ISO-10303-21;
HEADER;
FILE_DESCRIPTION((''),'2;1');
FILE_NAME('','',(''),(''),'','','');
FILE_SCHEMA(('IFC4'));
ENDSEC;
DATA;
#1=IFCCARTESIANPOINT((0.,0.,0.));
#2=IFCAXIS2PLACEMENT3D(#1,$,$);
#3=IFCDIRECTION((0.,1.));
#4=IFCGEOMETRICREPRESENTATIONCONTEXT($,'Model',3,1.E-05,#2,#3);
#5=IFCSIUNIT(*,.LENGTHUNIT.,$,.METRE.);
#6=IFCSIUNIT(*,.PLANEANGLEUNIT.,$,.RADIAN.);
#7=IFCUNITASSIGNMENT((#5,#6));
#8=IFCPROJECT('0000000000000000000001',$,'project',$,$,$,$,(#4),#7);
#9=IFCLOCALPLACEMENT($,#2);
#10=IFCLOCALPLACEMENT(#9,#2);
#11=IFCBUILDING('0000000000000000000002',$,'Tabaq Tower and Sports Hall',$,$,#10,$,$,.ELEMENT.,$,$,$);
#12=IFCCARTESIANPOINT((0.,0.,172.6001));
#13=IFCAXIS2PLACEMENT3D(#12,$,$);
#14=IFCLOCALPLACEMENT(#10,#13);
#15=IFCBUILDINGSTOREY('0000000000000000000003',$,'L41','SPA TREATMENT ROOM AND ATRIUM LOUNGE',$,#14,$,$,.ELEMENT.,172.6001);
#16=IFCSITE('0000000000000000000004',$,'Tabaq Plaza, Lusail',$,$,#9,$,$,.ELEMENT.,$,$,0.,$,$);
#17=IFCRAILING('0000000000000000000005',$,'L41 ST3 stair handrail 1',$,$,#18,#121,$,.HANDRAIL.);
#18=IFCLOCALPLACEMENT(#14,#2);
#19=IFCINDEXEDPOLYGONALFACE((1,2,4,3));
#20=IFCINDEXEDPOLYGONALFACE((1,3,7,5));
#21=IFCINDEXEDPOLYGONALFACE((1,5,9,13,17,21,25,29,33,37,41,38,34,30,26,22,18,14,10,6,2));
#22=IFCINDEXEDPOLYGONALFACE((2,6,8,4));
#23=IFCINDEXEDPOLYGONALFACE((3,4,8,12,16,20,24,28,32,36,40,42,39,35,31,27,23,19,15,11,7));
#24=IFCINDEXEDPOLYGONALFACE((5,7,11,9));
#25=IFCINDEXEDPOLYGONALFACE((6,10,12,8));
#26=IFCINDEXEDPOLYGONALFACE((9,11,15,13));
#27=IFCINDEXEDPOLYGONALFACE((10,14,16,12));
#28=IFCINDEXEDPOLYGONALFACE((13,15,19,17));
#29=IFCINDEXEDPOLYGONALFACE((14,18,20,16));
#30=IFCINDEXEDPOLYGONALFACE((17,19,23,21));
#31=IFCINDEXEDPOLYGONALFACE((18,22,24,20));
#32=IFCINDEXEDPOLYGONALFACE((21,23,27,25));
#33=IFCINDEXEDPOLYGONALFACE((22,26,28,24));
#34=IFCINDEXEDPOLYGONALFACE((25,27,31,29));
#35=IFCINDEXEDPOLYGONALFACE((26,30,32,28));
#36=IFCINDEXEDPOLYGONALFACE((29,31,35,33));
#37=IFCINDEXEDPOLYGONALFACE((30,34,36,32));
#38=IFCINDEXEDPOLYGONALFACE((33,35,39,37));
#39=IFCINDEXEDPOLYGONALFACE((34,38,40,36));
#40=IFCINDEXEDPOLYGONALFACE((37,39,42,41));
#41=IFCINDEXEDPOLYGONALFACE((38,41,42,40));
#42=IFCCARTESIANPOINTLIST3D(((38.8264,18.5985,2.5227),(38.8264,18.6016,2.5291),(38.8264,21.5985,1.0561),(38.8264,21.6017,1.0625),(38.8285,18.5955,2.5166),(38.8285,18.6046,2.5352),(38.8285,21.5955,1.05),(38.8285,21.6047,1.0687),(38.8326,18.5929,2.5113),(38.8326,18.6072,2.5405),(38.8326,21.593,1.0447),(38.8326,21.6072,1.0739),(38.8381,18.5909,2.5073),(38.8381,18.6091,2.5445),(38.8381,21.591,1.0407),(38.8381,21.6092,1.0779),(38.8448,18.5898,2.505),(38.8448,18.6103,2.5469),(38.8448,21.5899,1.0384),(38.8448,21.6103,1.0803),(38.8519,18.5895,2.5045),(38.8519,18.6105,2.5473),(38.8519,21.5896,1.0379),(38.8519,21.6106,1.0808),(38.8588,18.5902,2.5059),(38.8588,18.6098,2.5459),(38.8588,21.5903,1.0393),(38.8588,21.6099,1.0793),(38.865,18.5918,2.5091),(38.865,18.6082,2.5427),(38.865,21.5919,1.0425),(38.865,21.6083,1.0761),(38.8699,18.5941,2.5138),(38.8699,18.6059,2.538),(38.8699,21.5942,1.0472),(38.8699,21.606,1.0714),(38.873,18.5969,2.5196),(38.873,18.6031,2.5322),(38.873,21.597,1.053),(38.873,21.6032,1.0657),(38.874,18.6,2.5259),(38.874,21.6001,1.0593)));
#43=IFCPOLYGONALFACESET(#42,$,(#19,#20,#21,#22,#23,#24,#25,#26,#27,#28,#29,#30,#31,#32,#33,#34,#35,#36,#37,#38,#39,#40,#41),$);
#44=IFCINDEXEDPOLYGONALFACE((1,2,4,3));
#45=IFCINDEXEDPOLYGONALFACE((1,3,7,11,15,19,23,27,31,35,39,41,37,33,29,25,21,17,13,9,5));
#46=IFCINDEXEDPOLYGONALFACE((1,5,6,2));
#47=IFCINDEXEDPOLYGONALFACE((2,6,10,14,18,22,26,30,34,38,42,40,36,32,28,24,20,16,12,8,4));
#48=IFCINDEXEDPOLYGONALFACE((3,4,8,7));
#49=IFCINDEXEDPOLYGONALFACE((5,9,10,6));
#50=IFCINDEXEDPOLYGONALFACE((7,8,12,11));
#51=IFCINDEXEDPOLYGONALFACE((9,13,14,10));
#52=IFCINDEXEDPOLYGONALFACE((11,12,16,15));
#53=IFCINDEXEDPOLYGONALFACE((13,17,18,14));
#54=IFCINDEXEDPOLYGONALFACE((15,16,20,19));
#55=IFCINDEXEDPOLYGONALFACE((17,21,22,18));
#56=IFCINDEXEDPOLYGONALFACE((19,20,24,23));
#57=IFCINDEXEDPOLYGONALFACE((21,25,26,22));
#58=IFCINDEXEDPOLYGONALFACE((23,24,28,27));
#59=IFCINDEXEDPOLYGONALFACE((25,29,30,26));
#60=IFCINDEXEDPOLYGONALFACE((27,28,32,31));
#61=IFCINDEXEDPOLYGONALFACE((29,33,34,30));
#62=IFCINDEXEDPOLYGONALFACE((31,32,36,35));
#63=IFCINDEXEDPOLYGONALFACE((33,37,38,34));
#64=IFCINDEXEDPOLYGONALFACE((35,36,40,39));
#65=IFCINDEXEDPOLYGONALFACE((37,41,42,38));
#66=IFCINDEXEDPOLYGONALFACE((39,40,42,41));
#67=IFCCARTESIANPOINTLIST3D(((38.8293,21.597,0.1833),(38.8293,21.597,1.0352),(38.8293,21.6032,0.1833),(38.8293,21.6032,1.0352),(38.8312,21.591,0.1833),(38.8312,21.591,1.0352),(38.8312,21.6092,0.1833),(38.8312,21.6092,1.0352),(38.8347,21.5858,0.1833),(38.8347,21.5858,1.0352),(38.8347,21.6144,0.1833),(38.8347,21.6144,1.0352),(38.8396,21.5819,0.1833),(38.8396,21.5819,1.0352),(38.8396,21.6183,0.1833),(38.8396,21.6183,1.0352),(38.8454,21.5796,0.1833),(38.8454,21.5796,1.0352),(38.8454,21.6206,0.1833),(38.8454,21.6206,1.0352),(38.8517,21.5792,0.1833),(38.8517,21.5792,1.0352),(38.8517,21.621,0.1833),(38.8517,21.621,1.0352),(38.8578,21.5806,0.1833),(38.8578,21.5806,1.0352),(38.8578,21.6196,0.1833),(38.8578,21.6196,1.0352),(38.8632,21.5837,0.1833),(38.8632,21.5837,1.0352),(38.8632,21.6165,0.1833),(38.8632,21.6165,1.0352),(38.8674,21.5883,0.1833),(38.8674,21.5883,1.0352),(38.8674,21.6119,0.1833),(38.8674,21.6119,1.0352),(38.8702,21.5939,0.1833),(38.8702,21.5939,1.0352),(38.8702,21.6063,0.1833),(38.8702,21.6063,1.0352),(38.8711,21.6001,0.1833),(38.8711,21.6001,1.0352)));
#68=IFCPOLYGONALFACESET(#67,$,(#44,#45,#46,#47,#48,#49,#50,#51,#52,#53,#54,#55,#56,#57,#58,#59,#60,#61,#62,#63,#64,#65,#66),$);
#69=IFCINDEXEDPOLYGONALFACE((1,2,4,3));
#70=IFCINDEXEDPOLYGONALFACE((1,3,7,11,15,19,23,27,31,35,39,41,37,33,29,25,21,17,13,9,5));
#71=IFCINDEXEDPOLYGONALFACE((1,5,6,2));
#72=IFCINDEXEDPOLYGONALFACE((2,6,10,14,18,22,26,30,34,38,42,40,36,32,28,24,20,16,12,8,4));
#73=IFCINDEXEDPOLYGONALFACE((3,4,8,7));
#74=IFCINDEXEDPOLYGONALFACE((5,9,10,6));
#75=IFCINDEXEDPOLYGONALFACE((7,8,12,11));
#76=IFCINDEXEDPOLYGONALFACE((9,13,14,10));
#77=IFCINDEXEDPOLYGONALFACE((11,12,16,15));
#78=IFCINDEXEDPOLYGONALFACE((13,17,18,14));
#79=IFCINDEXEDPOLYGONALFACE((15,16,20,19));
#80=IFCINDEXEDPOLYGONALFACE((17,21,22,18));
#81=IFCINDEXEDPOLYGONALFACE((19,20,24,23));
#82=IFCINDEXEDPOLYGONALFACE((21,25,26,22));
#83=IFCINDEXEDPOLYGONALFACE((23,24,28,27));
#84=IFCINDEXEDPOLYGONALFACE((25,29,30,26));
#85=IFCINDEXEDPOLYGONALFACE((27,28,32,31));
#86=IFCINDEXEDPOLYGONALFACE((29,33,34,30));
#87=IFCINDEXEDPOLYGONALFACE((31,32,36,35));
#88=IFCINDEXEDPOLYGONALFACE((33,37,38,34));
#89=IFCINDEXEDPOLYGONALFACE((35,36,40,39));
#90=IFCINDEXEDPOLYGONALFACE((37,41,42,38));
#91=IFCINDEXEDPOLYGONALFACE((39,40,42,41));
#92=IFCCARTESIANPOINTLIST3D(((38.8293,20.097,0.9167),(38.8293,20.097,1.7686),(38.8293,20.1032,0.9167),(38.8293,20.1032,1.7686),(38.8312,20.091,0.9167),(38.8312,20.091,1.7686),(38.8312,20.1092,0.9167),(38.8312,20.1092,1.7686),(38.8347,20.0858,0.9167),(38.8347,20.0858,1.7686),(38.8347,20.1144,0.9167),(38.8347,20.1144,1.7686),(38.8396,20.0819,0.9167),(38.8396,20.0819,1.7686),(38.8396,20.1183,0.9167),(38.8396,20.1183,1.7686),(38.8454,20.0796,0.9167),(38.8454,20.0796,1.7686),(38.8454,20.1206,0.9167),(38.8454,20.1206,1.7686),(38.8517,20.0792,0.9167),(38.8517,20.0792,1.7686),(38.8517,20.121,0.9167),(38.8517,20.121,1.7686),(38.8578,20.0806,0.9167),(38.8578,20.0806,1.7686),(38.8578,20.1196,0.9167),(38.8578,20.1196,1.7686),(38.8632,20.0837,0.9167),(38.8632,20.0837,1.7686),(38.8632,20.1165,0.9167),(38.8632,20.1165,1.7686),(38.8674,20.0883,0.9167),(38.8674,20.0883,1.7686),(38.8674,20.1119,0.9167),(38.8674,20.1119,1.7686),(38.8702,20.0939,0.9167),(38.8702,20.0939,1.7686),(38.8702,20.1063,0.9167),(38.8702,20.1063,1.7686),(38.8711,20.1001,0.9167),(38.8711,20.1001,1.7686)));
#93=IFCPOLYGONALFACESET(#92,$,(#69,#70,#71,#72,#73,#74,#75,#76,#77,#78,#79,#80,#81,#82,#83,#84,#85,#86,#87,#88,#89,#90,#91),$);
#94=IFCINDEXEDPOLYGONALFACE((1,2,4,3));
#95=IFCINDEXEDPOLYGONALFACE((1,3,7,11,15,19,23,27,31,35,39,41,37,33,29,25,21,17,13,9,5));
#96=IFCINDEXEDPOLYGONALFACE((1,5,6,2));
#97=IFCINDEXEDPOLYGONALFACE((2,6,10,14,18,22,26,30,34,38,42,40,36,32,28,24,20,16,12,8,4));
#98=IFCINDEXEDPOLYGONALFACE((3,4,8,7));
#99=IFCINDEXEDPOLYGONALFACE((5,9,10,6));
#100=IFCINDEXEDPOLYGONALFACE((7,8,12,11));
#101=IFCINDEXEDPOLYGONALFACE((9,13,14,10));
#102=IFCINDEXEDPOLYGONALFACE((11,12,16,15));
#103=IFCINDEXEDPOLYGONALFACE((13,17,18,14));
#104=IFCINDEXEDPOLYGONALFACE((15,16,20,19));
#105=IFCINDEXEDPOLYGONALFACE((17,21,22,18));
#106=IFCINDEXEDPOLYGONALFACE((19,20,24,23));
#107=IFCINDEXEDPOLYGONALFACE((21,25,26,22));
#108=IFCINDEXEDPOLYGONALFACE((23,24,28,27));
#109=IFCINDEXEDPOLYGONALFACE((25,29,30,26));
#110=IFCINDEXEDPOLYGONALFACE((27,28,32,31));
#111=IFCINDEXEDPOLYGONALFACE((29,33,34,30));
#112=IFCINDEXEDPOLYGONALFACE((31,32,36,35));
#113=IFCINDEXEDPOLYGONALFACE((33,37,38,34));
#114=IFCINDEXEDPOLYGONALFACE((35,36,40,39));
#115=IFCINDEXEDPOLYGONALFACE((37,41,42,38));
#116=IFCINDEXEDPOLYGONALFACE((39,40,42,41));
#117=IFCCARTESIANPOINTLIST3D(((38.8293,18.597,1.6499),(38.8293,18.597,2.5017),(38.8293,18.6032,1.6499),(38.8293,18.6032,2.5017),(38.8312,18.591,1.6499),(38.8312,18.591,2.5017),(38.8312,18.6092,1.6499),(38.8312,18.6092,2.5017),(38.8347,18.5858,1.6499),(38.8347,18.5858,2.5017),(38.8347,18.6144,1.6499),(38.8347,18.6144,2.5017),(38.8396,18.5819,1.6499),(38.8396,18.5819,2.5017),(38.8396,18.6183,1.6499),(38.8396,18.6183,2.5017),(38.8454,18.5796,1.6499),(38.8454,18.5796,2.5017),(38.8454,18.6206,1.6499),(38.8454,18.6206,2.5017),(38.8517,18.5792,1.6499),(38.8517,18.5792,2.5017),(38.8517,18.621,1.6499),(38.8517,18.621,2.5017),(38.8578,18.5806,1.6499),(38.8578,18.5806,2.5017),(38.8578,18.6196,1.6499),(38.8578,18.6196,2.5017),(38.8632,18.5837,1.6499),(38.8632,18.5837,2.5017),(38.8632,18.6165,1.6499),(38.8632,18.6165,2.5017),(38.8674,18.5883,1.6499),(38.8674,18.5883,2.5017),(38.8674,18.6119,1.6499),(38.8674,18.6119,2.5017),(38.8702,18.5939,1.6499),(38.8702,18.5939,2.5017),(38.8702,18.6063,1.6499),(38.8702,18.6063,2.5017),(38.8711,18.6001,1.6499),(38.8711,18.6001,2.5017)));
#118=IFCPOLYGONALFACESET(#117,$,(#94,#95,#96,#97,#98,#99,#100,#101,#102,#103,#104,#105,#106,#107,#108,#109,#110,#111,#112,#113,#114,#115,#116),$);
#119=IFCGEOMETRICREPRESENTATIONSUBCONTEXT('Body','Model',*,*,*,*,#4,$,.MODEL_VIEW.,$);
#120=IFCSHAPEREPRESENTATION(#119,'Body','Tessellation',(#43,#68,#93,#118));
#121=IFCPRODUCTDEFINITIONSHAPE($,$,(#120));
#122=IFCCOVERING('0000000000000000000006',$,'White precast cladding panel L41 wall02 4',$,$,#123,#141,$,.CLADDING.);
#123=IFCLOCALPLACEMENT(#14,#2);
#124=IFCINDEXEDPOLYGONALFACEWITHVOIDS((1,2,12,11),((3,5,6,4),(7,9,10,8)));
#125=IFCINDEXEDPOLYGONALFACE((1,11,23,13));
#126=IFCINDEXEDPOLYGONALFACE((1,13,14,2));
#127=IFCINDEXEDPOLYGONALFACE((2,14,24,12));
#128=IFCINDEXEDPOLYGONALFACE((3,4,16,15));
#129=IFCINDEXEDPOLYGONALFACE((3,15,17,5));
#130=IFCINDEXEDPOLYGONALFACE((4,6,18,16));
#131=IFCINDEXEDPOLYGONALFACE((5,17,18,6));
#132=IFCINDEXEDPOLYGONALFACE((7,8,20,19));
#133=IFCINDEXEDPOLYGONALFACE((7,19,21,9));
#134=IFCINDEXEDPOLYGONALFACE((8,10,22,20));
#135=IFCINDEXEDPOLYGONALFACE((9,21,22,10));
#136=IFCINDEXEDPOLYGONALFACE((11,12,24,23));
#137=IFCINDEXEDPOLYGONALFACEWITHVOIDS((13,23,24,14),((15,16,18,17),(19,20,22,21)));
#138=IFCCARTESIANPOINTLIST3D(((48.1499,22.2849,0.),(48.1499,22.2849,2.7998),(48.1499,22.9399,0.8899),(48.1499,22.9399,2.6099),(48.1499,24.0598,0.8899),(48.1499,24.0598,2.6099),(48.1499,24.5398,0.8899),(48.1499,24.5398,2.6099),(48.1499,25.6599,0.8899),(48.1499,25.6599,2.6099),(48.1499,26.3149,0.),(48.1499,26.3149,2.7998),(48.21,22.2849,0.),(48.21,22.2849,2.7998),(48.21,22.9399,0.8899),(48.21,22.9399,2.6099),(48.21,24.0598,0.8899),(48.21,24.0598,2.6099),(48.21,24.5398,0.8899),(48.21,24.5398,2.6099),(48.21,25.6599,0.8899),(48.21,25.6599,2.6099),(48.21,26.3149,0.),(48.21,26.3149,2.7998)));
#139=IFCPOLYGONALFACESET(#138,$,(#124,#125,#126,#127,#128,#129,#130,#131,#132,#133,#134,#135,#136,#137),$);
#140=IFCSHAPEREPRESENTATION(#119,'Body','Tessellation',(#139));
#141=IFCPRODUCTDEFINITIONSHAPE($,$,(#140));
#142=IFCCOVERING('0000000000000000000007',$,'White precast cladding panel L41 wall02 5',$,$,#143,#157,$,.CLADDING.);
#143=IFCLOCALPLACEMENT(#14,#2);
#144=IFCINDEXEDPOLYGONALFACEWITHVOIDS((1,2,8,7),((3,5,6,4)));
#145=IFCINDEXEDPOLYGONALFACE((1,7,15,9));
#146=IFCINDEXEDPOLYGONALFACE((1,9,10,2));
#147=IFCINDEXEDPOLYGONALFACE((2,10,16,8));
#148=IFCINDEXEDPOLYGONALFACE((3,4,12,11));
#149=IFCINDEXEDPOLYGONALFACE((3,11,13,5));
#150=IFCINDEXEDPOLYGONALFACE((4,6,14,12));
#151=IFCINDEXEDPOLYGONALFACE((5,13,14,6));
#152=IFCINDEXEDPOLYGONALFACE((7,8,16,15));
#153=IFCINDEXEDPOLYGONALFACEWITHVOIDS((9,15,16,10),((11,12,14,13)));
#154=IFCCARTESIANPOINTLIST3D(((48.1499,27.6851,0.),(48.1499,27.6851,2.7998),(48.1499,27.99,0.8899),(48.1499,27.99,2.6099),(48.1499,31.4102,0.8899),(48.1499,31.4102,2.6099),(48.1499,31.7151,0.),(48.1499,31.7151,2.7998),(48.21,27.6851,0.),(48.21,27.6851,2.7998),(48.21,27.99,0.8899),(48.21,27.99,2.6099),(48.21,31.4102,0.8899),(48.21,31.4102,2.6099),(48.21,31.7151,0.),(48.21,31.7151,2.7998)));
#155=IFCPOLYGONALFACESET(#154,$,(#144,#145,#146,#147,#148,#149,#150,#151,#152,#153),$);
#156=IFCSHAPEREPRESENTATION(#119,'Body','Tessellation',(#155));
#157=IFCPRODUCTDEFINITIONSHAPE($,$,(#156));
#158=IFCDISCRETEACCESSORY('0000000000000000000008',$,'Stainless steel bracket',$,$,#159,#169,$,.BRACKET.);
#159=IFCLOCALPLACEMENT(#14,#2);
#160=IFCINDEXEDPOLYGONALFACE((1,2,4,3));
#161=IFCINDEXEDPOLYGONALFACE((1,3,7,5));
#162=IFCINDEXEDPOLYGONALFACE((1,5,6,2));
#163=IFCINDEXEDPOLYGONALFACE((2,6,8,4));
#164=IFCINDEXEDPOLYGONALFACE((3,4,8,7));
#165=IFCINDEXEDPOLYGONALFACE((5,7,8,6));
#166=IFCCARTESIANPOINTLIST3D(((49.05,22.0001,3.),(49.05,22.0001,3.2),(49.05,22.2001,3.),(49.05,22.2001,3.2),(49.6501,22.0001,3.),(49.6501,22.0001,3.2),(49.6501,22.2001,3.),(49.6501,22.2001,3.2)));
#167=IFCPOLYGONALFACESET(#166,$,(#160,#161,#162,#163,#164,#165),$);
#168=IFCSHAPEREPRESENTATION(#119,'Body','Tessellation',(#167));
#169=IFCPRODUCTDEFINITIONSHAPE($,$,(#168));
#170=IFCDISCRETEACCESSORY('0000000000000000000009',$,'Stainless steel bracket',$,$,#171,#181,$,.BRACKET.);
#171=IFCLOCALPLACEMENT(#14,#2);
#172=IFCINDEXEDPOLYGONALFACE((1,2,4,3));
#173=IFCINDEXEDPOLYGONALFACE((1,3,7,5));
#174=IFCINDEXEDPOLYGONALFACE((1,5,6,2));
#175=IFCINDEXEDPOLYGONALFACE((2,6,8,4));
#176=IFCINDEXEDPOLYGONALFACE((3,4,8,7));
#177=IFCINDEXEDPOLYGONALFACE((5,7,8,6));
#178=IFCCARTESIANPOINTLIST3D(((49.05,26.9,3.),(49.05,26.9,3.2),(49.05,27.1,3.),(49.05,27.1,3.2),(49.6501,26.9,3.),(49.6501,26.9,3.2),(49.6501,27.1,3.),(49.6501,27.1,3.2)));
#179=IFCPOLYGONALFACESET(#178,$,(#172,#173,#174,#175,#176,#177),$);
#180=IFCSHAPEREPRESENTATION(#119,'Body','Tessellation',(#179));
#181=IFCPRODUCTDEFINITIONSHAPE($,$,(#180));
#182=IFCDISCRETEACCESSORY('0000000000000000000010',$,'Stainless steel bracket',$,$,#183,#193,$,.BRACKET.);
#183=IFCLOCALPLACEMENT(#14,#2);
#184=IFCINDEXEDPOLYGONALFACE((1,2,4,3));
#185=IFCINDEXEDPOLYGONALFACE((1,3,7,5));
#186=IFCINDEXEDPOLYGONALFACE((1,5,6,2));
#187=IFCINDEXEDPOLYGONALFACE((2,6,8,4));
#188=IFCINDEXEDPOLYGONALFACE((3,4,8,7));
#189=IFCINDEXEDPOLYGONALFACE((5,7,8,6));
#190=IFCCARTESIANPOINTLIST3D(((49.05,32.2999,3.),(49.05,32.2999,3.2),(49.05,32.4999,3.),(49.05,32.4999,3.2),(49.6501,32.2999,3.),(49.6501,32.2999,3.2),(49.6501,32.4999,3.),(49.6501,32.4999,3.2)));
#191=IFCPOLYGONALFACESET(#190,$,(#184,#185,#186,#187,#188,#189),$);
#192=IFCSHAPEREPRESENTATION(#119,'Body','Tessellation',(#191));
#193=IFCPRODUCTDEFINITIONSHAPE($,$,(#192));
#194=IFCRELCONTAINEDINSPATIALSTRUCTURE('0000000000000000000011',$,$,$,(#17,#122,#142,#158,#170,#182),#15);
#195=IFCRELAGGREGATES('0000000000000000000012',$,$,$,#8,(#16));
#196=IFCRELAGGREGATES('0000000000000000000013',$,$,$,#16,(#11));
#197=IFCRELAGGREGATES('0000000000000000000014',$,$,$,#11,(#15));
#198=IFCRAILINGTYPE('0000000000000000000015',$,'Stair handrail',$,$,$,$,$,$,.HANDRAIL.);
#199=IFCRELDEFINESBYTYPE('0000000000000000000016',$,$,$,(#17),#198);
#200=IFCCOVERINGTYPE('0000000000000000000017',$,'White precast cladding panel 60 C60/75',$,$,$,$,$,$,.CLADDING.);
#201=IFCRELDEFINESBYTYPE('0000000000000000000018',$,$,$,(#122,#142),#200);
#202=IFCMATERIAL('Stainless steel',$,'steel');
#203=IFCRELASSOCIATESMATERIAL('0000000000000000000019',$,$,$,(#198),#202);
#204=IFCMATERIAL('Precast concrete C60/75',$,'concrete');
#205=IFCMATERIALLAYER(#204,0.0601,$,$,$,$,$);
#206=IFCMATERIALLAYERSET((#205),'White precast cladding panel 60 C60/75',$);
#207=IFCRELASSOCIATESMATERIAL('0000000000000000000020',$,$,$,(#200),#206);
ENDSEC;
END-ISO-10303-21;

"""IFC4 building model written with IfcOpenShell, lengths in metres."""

from ifc_helpers import new_model, si_unit, direction, frame, origin, origin_2d, place, context, subcontext, project, spatial, polyline, rectangle, circle, outline, extrude, material, layer, layer_set, type_object, element, save


model = new_model("IFC4")

# Units and contexts
model_context = context("Model", 3, precision=1e-05, world=origin(), true_north=direction((0.0, 1.0)))
body_context = subcontext(model_context, "Body", "Model", "MODEL_VIEW")
ifc_project = project(units=[si_unit("LENGTHUNIT", "METRE"), si_unit("PLANEANGLEUNIT", "RADIAN")], contexts=[model_context])

# Site, building, storey
site_placement = place(None, origin())
site = spatial("IfcSite", under=ifc_project, at=site_placement, Name="Tabaq Plaza, Lusail", CompositionType="ELEMENT", RefElevation=0.0)
building_placement = place(site_placement, origin())
building = spatial("IfcBuilding", under=site, at=building_placement, Name="Tabaq Tower and Sports Hall", CompositionType="ELEMENT")
storey_placement = place(building_placement, frame((0.0, 0.0, 172.6001)))
storey = spatial("IfcBuildingStorey", under=building, at=storey_placement, Name="L41", Description="SPA TREATMENT ROOM AND ATRIUM LOUNGE", CompositionType="ELEMENT", Elevation=172.6001)

# Railing
ifc_material_1 = material(Name="Stainless steel", Category="steel")
railing_type_1 = type_object("IfcRailingType", Name="Stair handrail", PredefinedType="HANDRAIL", material=ifc_material_1)
railing_1_placement = place(storey_placement, frame((38.8501, 21.6001, 0.1833)))
element("IfcRailing", 1, at=railing_1_placement, inside=storey, type_object=railing_type_1, Name="L41 ST3 stair handrail 1", PredefinedType="HANDRAIL", context=body_context, shape_type="SweptSolid", body=[
    extrude(circle(Radius=0.0239, at=origin_2d()), frame((0.0, 0.0, 0.876), z_axis=(0.0, -0.898398, 0.439183), x_axis=(1.0, 0.0, 0.0)), (0.0, 0.0, 1.0), 3.3394),
    extrude(circle(Radius=0.021, at=origin_2d()), origin(), (0.0, 0.0, 1.0), 0.8518),
    extrude(circle(Radius=0.021, at=origin_2d()), frame((0.0, -1.5, 0.7334)), (0.0, 0.0, 1.0), 0.8518),
    extrude(circle(Radius=0.021, at=origin_2d()), frame((0.0, -3.0, 1.4666)), (0.0, 0.0, 1.0), 0.8518),
])

# Coverings
ifc_material_2 = material(Name="Precast concrete C60/75", Category="concrete")
ifc_layer_1 = layer(ifc_material_2, 0.0601)
ifc_layer_set_1 = layer_set([ifc_layer_1], Name="White precast cladding panel 60 C60/75")
covering_type_1 = type_object("IfcCoveringType", Name="White precast cladding panel 60 C60/75", PredefinedType="CLADDING", material=ifc_layer_set_1)
covering_1_placement = place(storey_placement, frame((48.1799, 22.2849, 0.0), z_axis=(0.0, 0.0, 1.0), x_axis=(0.0, 1.0, 0.0)))
element("IfcCovering", 2, at=covering_1_placement, inside=storey, type_object=covering_type_1, Name="White precast cladding panel L41 wall02 4", PredefinedType="CLADDING", context=body_context, shape_type="SweptSolid", body=[
    extrude(outline(polyline([(0.0, 0.0), (4.03, 0.0), (4.03, 2.7998), (0.0, 2.7998), (0.0, 0.0)]), holes=[polyline([(0.655, 2.6099), (1.7749, 2.6099), (1.7749, 0.8899), (0.655, 0.8899), (0.655, 2.6099)]), polyline([(2.2549, 2.6099), (3.375, 2.6099), (3.375, 0.8899), (2.2549, 0.8899), (2.2549, 2.6099)])]), frame((0.0, 0.03, 0.0), z_axis=(0.0, -1.0, 0.0), x_axis=(1.0, 0.0, 0.0)), (0.0, 0.0, 1.0), 0.0601),
])
covering_2_placement = place(storey_placement, frame((48.1799, 27.6851, 0.0), z_axis=(0.0, 0.0, 1.0), x_axis=(0.0, 1.0, 0.0)))
element("IfcCovering", 3, at=covering_2_placement, inside=storey, type_object=covering_type_1, Name="White precast cladding panel L41 wall02 5", PredefinedType="CLADDING", context=body_context, shape_type="SweptSolid", body=[
    extrude(outline(polyline([(0.0, 0.0), (4.03, 0.0), (4.03, 2.7998), (0.0, 2.7998), (0.0, 0.0)]), holes=[polyline([(0.3049, 0.8899), (0.3049, 2.6099), (3.7251, 2.6099), (3.7251, 0.8899), (0.3049, 0.8899)])]), frame((0.0, 0.03, 0.0), z_axis=(0.0, -1.0, 0.0), x_axis=(1.0, 0.0, 0.0)), (0.0, 0.0, 1.0), 0.0601),
])

# Discrete accessories
for number, where, z_axis, x_axis, name in (
    (4, (49.3501, 22.1001, 3.0), (0.0, 0.0, 1.0), (1.0, 0.0, 0.0), "Stainless steel bracket"),
    (5, (49.3501, 27.0, 3.0), (0.0, 0.0, 1.0), (1.0, 0.0, 0.0), "Stainless steel bracket"),
    (6, (49.3501, 32.3999, 3.0), (0.0, 0.0, 1.0), (1.0, 0.0, 0.0), "Stainless steel bracket"),
):
    element("IfcDiscreteAccessory", number, at=place(storey_placement, frame(where, z_axis=z_axis, x_axis=x_axis)), inside=storey, Name=name, PredefinedType="BRACKET", context=body_context, shape_type="SweptSolid", body=[
        extrude(rectangle(XDim=0.6001, YDim=0.2, at=origin_2d()), origin(), (0.0, 0.0, 1.0), 0.2),
    ])

save(model, "model.ifc")
